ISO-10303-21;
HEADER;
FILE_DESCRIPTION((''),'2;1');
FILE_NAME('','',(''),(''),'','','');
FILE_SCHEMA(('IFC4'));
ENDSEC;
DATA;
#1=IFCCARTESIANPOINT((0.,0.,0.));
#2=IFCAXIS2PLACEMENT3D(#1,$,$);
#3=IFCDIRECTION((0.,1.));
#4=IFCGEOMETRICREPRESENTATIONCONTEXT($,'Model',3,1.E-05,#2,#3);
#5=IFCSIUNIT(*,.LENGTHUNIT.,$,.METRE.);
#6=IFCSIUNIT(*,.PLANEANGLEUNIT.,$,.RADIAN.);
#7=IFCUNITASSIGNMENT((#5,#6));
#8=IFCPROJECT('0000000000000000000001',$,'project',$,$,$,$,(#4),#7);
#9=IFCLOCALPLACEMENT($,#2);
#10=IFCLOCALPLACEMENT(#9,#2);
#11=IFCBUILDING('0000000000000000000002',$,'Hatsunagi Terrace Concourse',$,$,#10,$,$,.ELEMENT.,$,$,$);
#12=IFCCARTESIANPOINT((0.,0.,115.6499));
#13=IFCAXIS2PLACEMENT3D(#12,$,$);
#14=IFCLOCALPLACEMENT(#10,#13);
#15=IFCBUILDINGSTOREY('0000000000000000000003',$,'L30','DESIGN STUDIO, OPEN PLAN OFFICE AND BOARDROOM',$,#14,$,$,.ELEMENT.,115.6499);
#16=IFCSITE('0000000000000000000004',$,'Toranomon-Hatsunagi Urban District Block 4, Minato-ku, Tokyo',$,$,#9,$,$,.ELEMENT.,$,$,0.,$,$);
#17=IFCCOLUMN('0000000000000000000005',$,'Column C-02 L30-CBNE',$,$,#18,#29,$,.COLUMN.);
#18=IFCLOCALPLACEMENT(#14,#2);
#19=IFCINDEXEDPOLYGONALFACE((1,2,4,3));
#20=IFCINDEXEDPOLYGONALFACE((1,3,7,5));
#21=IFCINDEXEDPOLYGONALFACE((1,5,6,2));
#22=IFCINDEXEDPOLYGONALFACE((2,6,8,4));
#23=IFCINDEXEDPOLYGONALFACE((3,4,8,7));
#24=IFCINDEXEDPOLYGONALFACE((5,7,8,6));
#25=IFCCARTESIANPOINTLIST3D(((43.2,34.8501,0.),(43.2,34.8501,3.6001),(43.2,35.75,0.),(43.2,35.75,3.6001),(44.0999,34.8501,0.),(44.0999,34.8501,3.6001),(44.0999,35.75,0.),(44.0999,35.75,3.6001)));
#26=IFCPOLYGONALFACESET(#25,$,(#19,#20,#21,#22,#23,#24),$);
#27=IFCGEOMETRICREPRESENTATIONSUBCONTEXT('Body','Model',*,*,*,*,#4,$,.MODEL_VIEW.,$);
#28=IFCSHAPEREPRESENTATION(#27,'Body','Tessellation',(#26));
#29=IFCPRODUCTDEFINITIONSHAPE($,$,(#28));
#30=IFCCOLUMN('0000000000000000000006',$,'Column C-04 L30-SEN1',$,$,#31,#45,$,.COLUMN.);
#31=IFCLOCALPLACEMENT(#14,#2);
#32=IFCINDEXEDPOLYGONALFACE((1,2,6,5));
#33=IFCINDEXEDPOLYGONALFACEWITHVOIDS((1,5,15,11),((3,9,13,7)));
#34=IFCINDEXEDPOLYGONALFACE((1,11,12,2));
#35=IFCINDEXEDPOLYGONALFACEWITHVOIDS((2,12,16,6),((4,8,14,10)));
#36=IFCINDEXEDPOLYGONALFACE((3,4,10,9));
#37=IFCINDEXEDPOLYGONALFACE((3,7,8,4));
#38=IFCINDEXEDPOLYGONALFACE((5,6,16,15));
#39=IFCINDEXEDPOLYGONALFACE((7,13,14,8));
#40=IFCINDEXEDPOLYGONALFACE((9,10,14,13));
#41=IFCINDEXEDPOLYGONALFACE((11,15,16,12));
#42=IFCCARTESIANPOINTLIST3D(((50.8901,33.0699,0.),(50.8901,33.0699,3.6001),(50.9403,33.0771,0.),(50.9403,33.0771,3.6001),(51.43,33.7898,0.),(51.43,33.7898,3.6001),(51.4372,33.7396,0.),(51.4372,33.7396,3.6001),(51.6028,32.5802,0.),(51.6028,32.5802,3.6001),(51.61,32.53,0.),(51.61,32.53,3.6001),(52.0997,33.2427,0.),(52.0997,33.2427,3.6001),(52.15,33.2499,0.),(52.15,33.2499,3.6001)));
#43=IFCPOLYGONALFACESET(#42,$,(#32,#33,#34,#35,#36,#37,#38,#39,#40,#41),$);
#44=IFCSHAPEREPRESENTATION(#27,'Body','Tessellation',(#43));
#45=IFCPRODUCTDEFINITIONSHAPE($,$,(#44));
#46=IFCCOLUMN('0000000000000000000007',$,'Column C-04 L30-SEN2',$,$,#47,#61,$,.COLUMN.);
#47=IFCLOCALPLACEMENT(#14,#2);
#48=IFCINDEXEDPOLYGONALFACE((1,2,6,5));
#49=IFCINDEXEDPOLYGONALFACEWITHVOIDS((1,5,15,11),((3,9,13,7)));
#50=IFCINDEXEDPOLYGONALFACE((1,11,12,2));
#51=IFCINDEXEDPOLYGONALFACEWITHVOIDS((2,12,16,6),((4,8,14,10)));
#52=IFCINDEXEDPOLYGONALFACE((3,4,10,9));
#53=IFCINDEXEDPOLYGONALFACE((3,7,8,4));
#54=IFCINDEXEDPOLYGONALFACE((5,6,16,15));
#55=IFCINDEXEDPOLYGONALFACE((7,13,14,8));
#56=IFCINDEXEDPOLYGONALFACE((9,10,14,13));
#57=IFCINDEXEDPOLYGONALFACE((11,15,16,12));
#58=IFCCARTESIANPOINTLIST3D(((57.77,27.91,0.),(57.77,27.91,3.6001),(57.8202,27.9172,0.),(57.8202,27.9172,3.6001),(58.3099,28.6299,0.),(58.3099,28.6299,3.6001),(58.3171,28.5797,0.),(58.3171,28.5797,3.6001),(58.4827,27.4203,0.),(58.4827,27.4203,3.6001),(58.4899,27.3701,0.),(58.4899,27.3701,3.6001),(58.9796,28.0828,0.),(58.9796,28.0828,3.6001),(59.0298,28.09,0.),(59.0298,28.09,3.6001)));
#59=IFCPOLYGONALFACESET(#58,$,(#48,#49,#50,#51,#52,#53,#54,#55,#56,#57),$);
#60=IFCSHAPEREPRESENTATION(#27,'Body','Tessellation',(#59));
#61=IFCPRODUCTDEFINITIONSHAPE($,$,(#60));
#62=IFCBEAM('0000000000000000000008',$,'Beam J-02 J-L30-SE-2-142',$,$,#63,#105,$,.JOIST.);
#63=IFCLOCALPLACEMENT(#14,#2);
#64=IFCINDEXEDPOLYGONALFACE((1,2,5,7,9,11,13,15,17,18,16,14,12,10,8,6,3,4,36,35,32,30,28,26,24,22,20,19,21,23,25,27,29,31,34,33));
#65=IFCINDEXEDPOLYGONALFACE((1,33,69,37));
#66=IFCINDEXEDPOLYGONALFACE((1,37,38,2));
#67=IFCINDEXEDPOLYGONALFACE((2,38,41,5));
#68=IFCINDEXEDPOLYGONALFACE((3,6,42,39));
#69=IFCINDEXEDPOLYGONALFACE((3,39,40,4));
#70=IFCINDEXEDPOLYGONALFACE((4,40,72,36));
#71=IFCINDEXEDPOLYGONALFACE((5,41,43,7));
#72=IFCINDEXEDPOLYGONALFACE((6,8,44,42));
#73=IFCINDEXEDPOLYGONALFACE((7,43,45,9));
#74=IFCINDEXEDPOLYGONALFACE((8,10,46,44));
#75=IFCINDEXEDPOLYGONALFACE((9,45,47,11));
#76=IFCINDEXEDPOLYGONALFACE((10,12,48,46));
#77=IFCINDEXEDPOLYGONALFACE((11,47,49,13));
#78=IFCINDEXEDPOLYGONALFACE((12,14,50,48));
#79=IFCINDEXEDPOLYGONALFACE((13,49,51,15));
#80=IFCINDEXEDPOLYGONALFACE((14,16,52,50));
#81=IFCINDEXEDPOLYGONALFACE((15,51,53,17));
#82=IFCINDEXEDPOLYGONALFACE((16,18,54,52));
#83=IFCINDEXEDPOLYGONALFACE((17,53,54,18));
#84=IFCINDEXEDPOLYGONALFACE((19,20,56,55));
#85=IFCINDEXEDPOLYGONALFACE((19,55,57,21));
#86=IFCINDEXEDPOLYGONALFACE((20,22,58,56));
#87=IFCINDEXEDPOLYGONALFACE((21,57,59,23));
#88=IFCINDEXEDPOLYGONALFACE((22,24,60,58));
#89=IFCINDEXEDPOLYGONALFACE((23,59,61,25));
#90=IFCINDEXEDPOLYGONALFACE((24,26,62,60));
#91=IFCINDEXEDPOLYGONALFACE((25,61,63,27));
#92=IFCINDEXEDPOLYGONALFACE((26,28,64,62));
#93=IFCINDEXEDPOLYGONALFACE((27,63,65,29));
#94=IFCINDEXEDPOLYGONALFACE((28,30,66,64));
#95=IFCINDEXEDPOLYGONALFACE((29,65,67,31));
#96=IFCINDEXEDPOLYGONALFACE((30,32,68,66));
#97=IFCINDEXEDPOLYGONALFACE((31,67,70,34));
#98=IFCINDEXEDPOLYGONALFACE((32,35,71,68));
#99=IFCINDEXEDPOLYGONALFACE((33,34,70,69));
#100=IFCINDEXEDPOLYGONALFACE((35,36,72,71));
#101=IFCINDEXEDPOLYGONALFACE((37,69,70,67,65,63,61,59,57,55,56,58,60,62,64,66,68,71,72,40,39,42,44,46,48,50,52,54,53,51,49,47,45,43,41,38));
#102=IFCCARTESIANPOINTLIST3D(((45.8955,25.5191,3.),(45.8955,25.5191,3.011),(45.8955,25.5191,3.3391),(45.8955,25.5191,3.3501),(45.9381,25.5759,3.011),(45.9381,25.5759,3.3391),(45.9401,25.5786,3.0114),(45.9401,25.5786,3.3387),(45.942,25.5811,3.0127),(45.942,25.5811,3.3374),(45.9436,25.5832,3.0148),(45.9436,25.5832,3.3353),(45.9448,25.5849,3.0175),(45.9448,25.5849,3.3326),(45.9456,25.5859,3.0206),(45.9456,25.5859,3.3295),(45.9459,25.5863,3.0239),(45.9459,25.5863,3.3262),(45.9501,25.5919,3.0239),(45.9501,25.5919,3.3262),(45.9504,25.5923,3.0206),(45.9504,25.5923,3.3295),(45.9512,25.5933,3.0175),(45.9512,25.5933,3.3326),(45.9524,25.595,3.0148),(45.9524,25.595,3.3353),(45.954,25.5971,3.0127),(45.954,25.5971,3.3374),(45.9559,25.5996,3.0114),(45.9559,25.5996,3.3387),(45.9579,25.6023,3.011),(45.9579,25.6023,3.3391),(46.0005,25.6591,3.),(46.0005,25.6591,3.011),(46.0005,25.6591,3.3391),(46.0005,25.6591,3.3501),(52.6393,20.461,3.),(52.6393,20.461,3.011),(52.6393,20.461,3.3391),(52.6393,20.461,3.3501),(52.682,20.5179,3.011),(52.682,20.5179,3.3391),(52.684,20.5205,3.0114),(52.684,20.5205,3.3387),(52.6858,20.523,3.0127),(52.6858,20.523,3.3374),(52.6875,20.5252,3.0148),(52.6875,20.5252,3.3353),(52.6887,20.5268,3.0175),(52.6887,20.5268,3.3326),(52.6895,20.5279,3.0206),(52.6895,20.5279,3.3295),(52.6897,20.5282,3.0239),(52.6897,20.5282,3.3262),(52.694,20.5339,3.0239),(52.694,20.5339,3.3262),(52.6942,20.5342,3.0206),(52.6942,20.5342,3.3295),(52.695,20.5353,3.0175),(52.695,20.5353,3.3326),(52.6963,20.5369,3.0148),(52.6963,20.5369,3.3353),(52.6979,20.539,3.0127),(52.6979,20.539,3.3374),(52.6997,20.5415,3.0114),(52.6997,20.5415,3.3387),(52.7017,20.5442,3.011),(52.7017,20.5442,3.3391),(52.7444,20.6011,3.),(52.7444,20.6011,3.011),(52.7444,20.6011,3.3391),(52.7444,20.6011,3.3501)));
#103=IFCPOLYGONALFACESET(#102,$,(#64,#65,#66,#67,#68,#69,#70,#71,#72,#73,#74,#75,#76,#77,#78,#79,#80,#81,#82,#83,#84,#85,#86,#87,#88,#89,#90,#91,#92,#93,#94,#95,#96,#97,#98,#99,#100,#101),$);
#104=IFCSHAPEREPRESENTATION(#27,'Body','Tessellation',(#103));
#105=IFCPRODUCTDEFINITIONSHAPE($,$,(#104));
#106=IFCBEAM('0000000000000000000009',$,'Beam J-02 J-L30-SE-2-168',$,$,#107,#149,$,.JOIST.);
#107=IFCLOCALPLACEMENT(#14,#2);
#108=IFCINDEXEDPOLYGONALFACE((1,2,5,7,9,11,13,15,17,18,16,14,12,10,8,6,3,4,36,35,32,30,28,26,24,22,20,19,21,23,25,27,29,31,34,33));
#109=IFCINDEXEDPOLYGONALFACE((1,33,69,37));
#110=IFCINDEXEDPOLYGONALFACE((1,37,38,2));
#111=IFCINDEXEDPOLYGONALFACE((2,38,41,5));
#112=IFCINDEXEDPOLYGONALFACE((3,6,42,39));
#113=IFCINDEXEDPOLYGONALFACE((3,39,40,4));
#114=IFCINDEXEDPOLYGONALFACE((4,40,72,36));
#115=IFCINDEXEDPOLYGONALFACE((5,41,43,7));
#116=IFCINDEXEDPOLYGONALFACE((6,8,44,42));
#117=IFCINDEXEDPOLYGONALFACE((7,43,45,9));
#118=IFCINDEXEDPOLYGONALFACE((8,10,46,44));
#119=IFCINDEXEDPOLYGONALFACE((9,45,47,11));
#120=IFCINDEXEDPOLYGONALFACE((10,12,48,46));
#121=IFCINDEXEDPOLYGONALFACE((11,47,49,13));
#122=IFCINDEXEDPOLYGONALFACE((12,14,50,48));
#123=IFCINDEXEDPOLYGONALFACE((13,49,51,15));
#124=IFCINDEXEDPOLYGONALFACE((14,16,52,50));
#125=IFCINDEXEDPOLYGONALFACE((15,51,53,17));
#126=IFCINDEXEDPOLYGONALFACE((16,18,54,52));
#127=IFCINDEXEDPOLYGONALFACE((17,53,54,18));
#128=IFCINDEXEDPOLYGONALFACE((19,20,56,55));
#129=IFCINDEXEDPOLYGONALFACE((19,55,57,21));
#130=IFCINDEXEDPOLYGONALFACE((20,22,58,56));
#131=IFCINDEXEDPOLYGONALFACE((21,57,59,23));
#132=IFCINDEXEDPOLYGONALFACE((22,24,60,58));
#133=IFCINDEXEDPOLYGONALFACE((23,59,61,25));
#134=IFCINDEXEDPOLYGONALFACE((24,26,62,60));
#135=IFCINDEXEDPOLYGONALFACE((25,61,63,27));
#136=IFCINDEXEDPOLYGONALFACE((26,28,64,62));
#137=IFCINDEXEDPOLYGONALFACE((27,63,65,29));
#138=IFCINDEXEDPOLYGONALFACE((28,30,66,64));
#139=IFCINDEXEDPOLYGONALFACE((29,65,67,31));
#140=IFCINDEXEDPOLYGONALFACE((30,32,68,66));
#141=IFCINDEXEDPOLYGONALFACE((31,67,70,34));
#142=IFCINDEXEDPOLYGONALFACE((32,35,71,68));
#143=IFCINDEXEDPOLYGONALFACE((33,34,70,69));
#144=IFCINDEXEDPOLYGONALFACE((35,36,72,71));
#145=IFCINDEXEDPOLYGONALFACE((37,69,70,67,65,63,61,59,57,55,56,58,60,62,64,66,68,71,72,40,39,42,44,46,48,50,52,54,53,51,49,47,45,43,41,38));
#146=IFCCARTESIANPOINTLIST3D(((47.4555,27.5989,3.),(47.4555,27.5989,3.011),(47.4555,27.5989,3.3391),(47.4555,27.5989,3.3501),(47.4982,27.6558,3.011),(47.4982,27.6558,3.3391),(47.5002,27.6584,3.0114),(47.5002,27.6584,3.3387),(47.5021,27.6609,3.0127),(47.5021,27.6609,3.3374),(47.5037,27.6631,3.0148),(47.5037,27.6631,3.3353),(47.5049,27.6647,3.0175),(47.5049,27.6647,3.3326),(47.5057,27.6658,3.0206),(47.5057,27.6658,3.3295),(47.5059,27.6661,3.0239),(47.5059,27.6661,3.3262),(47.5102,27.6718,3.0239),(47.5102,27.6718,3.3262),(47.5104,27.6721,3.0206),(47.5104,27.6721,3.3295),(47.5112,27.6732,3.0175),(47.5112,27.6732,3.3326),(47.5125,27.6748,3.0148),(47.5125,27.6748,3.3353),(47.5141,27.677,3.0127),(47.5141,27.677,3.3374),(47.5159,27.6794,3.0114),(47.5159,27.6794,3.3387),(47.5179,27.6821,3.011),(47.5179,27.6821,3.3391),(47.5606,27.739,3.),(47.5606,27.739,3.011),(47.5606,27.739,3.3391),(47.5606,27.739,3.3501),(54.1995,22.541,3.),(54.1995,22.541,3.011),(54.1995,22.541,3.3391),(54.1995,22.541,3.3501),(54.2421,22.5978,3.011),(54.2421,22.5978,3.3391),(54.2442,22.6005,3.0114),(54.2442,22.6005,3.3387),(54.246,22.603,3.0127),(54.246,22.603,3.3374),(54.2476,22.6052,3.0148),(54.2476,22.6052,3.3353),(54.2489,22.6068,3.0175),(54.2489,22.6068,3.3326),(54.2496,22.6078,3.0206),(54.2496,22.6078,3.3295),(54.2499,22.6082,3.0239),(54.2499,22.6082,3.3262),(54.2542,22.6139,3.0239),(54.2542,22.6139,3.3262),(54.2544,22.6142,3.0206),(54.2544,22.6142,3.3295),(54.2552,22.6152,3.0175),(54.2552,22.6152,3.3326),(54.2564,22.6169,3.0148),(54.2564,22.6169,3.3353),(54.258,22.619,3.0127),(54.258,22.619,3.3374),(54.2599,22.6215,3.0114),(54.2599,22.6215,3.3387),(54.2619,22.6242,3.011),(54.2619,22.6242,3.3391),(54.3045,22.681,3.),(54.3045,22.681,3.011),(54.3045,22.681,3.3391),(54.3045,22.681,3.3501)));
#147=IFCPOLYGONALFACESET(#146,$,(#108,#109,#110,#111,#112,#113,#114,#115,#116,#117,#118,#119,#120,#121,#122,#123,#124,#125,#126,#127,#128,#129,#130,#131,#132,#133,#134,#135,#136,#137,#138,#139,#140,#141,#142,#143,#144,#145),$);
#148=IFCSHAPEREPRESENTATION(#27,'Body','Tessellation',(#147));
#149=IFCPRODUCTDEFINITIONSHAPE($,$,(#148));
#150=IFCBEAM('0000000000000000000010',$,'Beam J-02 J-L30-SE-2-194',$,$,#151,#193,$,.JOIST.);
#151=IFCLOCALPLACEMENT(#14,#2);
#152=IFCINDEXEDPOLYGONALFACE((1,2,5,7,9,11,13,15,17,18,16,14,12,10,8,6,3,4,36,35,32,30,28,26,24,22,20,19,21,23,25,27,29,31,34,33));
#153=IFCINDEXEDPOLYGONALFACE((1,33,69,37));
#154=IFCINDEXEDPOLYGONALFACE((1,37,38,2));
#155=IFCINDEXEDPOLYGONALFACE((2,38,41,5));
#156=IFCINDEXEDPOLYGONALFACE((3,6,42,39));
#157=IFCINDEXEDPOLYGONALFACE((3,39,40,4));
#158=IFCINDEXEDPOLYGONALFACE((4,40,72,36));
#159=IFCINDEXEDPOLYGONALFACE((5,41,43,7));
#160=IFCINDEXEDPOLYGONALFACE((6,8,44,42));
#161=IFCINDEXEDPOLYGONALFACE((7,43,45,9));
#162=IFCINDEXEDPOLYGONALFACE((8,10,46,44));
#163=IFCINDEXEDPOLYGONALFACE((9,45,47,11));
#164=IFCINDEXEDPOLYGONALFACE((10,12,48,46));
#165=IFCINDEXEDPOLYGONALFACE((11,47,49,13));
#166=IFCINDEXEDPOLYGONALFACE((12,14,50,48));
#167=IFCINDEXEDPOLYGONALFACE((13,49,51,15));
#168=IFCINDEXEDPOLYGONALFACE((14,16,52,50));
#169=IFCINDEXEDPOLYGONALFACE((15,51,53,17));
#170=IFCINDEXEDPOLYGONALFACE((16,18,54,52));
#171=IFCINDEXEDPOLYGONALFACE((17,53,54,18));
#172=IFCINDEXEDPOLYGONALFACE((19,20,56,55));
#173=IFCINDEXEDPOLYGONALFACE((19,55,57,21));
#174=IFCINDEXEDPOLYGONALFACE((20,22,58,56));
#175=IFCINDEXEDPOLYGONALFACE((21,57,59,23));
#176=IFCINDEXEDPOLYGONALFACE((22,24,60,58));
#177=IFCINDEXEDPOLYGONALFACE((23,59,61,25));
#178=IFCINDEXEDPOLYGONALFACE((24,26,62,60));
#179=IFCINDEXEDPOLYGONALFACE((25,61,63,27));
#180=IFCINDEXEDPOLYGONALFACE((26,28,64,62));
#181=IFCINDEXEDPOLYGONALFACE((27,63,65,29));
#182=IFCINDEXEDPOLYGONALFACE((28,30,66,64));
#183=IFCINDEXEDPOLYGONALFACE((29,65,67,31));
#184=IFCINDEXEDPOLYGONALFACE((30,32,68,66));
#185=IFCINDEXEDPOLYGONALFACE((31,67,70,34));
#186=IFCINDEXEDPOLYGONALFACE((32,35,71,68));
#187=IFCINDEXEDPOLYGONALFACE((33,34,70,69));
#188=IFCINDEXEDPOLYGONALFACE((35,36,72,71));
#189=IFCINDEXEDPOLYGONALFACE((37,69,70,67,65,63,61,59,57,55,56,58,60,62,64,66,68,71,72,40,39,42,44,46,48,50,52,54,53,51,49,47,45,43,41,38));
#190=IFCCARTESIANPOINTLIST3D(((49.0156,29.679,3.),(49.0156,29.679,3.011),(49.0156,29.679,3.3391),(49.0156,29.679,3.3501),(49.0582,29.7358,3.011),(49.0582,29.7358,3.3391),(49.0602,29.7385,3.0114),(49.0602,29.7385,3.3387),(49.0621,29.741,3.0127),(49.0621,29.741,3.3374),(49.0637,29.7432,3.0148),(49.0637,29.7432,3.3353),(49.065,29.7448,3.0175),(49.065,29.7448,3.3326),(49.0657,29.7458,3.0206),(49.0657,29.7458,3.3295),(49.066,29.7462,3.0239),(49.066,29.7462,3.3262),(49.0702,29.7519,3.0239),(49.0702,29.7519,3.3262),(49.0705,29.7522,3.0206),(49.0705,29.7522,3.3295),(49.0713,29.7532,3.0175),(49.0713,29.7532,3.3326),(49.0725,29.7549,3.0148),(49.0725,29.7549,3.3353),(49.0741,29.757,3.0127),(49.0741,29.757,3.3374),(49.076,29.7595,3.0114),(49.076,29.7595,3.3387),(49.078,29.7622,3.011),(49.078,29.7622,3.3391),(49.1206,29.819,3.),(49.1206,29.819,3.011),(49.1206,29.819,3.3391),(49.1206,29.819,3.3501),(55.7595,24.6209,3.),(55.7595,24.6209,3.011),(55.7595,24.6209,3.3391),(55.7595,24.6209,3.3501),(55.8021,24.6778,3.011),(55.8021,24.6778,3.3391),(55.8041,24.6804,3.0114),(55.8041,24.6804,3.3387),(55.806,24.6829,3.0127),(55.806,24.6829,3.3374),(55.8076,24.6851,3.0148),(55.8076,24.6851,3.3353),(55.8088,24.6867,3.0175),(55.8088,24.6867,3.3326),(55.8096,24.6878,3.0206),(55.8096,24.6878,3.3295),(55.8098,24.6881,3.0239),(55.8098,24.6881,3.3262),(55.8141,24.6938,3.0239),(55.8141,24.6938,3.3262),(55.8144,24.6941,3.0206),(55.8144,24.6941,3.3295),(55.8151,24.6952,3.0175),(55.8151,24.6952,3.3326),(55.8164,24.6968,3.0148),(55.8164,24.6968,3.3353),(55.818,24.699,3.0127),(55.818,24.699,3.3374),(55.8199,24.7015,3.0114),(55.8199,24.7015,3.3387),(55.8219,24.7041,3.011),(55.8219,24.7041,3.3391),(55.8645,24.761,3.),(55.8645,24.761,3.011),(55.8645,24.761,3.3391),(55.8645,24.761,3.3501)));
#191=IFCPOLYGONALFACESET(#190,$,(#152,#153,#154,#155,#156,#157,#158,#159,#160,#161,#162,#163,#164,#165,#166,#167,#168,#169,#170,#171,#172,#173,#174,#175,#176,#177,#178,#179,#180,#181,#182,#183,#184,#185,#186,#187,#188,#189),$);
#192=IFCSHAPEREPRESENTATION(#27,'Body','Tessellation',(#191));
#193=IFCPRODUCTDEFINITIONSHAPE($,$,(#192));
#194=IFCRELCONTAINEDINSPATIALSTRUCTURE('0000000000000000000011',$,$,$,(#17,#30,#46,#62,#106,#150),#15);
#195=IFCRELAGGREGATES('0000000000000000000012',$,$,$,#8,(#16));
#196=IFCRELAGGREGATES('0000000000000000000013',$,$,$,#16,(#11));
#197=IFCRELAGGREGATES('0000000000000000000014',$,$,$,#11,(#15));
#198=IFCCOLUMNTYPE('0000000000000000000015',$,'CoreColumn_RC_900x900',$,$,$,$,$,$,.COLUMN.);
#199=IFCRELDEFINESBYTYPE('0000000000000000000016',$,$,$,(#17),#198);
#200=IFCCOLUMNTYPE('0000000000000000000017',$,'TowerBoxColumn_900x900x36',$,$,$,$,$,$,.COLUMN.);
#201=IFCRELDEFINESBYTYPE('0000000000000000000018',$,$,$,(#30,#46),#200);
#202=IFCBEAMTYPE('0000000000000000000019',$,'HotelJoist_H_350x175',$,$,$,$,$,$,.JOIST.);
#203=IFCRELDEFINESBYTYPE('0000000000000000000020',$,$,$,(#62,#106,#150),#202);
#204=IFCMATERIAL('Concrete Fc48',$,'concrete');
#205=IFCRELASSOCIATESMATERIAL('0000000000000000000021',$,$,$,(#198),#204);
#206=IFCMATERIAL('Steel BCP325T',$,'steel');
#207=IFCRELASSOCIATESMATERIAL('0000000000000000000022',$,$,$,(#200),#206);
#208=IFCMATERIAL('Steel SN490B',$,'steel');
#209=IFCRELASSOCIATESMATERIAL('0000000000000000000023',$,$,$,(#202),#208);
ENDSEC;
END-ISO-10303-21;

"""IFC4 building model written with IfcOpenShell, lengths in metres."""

from ifc_helpers import new_model, si_unit, direction, frame, origin, origin_2d, place, context, subcontext, project, spatial, rectangle, hollow_rectangle, i_section, extrude, material, material_profile, profile_set, type_object, element, save


model = new_model("IFC4")

# Units and contexts
model_context = context("Model", 3, precision=1e-05, world=origin(), true_north=direction((0.0, 1.0)))
body_context = subcontext(model_context, "Body", "Model", "MODEL_VIEW")
ifc_project = project(units=[si_unit("LENGTHUNIT", "METRE"), si_unit("PLANEANGLEUNIT", "RADIAN")], contexts=[model_context])

# Site, building, storey
site_placement = place(None, origin())
site = spatial("IfcSite", under=ifc_project, at=site_placement, Name="Toranomon-Hatsunagi Urban District Block 4, Minato-ku, Tokyo", CompositionType="ELEMENT", RefElevation=0.0)
building_placement = place(site_placement, origin())
building = spatial("IfcBuilding", under=site, at=building_placement, Name="Hatsunagi Terrace Concourse", CompositionType="ELEMENT")
storey_placement = place(building_placement, frame((0.0, 0.0, 115.6499)))
storey = spatial("IfcBuildingStorey", under=building, at=storey_placement, Name="L30", Description="DESIGN STUDIO, OPEN PLAN OFFICE AND BOARDROOM", CompositionType="ELEMENT", Elevation=115.6499)

# Columns
ifc_material_1 = material(Name="Concrete Fc48", Category="concrete")
ifc_material_profile_1 = material_profile(ifc_material_1, rectangle(XDim=0.8999, YDim=0.8999, at=origin_2d()), Name="RC-900x900")
ifc_profile_set_1 = profile_set([ifc_material_profile_1], Name="Concrete Fc48")
column_type_1 = type_object("IfcColumnType", Name="CoreColumn_RC_900x900", PredefinedType="COLUMN", material=ifc_profile_set_1)
column_placement = place(storey_placement, frame((43.6499, 35.3, 0.0), z_axis=(0.0, 0.0, 1.0), x_axis=(1.0, 0.0, 0.0)))
element("IfcColumn", 1, at=column_placement, inside=storey, type_object=column_type_1, Name="Column C-02 L30-CBNE", PredefinedType="COLUMN", context=body_context, shape_type="SweptSolid", body=[
    extrude(rectangle(XDim=0.8999, YDim=0.8999, at=origin_2d()), origin(), (0.0, 0.0, 1.0), 3.6001),
])
ifc_material_2 = material(Name="Steel BCP325T", Category="steel")
ifc_material_profile_2 = material_profile(ifc_material_2, hollow_rectangle(XDim=0.8999, YDim=0.8999, WallThickness=0.0359, at=origin_2d()), Name="BCP-900x900x36")
ifc_profile_set_2 = profile_set([ifc_material_profile_2], Name="Steel BCP325T")
column_type_2 = type_object("IfcColumnType", Name="TowerBoxColumn_900x900x36", PredefinedType="COLUMN", material=ifc_profile_set_2)
for number, where, z_axis, x_axis, name in (
    (2, (51.52, 33.1599, 0.0), (0.0, 0.0, 1.0), (0.8, -0.6, 0.0), "Column C-04 L30-SEN1"),
    (3, (58.3999, 28.0, 0.0), (0.0, 0.0, 1.0), (0.8, -0.6, 0.0), "Column C-04 L30-SEN2"),
):
    element("IfcColumn", number, at=place(storey_placement, frame(where, z_axis=z_axis, x_axis=x_axis)), inside=storey, type_object=column_type_2, Name=name, PredefinedType="COLUMN", context=body_context, shape_type="SweptSolid", body=[
        extrude(hollow_rectangle(XDim=0.8999, YDim=0.8999, WallThickness=0.0359, at=origin_2d()), origin(), (0.0, 0.0, 1.0), 3.6001),
    ])

# Beams
ifc_material_3 = material(Name="Steel SN490B", Category="steel")
ifc_material_profile_3 = material_profile(ifc_material_3, i_section(OverallWidth=0.175, OverallDepth=0.3501, WebThickness=0.0071, FlangeThickness=0.011, FilletRadius=0.0129, at=origin_2d()), Name="H-350x175x7x11")
ifc_profile_set_3 = profile_set([ifc_material_profile_3], Name="Steel SN490B")
beam_type_1 = type_object("IfcBeamType", Name="HotelJoist_H_350x175", PredefinedType="JOIST", material=ifc_profile_set_3)
for number, where, z_axis, x_axis, name in (
    (4, (45.948, 25.5891, 3.175), (0.79999, -0.600014, 0.0), (0.600014, 0.79999, 0.0), "Beam J-02 J-L30-SE-2-142"),
    (5, (47.5081, 27.6689, 3.175), (0.800003, -0.599995, 0.0), (0.599995, 0.800003, 0.0), "Beam J-02 J-L30-SE-2-168"),
    (6, (49.0681, 29.749, 3.175), (0.79999, -0.600014, 0.0), (0.600014, 0.79999, 0.0), "Beam J-02 J-L30-SE-2-194"),
):
    element("IfcBeam", number, at=place(storey_placement, frame(where, z_axis=z_axis, x_axis=x_axis)), inside=storey, type_object=beam_type_1, Name=name, PredefinedType="JOIST", context=body_context, shape_type="SweptSolid", body=[
        extrude(i_section(OverallWidth=0.175, OverallDepth=0.3501, WebThickness=0.0071, FlangeThickness=0.011, FilletRadius=0.0129, at=origin_2d()), origin(), (0.0, 0.0, 1.0), 8.4299),
    ])

save(model, "model.ifc")
